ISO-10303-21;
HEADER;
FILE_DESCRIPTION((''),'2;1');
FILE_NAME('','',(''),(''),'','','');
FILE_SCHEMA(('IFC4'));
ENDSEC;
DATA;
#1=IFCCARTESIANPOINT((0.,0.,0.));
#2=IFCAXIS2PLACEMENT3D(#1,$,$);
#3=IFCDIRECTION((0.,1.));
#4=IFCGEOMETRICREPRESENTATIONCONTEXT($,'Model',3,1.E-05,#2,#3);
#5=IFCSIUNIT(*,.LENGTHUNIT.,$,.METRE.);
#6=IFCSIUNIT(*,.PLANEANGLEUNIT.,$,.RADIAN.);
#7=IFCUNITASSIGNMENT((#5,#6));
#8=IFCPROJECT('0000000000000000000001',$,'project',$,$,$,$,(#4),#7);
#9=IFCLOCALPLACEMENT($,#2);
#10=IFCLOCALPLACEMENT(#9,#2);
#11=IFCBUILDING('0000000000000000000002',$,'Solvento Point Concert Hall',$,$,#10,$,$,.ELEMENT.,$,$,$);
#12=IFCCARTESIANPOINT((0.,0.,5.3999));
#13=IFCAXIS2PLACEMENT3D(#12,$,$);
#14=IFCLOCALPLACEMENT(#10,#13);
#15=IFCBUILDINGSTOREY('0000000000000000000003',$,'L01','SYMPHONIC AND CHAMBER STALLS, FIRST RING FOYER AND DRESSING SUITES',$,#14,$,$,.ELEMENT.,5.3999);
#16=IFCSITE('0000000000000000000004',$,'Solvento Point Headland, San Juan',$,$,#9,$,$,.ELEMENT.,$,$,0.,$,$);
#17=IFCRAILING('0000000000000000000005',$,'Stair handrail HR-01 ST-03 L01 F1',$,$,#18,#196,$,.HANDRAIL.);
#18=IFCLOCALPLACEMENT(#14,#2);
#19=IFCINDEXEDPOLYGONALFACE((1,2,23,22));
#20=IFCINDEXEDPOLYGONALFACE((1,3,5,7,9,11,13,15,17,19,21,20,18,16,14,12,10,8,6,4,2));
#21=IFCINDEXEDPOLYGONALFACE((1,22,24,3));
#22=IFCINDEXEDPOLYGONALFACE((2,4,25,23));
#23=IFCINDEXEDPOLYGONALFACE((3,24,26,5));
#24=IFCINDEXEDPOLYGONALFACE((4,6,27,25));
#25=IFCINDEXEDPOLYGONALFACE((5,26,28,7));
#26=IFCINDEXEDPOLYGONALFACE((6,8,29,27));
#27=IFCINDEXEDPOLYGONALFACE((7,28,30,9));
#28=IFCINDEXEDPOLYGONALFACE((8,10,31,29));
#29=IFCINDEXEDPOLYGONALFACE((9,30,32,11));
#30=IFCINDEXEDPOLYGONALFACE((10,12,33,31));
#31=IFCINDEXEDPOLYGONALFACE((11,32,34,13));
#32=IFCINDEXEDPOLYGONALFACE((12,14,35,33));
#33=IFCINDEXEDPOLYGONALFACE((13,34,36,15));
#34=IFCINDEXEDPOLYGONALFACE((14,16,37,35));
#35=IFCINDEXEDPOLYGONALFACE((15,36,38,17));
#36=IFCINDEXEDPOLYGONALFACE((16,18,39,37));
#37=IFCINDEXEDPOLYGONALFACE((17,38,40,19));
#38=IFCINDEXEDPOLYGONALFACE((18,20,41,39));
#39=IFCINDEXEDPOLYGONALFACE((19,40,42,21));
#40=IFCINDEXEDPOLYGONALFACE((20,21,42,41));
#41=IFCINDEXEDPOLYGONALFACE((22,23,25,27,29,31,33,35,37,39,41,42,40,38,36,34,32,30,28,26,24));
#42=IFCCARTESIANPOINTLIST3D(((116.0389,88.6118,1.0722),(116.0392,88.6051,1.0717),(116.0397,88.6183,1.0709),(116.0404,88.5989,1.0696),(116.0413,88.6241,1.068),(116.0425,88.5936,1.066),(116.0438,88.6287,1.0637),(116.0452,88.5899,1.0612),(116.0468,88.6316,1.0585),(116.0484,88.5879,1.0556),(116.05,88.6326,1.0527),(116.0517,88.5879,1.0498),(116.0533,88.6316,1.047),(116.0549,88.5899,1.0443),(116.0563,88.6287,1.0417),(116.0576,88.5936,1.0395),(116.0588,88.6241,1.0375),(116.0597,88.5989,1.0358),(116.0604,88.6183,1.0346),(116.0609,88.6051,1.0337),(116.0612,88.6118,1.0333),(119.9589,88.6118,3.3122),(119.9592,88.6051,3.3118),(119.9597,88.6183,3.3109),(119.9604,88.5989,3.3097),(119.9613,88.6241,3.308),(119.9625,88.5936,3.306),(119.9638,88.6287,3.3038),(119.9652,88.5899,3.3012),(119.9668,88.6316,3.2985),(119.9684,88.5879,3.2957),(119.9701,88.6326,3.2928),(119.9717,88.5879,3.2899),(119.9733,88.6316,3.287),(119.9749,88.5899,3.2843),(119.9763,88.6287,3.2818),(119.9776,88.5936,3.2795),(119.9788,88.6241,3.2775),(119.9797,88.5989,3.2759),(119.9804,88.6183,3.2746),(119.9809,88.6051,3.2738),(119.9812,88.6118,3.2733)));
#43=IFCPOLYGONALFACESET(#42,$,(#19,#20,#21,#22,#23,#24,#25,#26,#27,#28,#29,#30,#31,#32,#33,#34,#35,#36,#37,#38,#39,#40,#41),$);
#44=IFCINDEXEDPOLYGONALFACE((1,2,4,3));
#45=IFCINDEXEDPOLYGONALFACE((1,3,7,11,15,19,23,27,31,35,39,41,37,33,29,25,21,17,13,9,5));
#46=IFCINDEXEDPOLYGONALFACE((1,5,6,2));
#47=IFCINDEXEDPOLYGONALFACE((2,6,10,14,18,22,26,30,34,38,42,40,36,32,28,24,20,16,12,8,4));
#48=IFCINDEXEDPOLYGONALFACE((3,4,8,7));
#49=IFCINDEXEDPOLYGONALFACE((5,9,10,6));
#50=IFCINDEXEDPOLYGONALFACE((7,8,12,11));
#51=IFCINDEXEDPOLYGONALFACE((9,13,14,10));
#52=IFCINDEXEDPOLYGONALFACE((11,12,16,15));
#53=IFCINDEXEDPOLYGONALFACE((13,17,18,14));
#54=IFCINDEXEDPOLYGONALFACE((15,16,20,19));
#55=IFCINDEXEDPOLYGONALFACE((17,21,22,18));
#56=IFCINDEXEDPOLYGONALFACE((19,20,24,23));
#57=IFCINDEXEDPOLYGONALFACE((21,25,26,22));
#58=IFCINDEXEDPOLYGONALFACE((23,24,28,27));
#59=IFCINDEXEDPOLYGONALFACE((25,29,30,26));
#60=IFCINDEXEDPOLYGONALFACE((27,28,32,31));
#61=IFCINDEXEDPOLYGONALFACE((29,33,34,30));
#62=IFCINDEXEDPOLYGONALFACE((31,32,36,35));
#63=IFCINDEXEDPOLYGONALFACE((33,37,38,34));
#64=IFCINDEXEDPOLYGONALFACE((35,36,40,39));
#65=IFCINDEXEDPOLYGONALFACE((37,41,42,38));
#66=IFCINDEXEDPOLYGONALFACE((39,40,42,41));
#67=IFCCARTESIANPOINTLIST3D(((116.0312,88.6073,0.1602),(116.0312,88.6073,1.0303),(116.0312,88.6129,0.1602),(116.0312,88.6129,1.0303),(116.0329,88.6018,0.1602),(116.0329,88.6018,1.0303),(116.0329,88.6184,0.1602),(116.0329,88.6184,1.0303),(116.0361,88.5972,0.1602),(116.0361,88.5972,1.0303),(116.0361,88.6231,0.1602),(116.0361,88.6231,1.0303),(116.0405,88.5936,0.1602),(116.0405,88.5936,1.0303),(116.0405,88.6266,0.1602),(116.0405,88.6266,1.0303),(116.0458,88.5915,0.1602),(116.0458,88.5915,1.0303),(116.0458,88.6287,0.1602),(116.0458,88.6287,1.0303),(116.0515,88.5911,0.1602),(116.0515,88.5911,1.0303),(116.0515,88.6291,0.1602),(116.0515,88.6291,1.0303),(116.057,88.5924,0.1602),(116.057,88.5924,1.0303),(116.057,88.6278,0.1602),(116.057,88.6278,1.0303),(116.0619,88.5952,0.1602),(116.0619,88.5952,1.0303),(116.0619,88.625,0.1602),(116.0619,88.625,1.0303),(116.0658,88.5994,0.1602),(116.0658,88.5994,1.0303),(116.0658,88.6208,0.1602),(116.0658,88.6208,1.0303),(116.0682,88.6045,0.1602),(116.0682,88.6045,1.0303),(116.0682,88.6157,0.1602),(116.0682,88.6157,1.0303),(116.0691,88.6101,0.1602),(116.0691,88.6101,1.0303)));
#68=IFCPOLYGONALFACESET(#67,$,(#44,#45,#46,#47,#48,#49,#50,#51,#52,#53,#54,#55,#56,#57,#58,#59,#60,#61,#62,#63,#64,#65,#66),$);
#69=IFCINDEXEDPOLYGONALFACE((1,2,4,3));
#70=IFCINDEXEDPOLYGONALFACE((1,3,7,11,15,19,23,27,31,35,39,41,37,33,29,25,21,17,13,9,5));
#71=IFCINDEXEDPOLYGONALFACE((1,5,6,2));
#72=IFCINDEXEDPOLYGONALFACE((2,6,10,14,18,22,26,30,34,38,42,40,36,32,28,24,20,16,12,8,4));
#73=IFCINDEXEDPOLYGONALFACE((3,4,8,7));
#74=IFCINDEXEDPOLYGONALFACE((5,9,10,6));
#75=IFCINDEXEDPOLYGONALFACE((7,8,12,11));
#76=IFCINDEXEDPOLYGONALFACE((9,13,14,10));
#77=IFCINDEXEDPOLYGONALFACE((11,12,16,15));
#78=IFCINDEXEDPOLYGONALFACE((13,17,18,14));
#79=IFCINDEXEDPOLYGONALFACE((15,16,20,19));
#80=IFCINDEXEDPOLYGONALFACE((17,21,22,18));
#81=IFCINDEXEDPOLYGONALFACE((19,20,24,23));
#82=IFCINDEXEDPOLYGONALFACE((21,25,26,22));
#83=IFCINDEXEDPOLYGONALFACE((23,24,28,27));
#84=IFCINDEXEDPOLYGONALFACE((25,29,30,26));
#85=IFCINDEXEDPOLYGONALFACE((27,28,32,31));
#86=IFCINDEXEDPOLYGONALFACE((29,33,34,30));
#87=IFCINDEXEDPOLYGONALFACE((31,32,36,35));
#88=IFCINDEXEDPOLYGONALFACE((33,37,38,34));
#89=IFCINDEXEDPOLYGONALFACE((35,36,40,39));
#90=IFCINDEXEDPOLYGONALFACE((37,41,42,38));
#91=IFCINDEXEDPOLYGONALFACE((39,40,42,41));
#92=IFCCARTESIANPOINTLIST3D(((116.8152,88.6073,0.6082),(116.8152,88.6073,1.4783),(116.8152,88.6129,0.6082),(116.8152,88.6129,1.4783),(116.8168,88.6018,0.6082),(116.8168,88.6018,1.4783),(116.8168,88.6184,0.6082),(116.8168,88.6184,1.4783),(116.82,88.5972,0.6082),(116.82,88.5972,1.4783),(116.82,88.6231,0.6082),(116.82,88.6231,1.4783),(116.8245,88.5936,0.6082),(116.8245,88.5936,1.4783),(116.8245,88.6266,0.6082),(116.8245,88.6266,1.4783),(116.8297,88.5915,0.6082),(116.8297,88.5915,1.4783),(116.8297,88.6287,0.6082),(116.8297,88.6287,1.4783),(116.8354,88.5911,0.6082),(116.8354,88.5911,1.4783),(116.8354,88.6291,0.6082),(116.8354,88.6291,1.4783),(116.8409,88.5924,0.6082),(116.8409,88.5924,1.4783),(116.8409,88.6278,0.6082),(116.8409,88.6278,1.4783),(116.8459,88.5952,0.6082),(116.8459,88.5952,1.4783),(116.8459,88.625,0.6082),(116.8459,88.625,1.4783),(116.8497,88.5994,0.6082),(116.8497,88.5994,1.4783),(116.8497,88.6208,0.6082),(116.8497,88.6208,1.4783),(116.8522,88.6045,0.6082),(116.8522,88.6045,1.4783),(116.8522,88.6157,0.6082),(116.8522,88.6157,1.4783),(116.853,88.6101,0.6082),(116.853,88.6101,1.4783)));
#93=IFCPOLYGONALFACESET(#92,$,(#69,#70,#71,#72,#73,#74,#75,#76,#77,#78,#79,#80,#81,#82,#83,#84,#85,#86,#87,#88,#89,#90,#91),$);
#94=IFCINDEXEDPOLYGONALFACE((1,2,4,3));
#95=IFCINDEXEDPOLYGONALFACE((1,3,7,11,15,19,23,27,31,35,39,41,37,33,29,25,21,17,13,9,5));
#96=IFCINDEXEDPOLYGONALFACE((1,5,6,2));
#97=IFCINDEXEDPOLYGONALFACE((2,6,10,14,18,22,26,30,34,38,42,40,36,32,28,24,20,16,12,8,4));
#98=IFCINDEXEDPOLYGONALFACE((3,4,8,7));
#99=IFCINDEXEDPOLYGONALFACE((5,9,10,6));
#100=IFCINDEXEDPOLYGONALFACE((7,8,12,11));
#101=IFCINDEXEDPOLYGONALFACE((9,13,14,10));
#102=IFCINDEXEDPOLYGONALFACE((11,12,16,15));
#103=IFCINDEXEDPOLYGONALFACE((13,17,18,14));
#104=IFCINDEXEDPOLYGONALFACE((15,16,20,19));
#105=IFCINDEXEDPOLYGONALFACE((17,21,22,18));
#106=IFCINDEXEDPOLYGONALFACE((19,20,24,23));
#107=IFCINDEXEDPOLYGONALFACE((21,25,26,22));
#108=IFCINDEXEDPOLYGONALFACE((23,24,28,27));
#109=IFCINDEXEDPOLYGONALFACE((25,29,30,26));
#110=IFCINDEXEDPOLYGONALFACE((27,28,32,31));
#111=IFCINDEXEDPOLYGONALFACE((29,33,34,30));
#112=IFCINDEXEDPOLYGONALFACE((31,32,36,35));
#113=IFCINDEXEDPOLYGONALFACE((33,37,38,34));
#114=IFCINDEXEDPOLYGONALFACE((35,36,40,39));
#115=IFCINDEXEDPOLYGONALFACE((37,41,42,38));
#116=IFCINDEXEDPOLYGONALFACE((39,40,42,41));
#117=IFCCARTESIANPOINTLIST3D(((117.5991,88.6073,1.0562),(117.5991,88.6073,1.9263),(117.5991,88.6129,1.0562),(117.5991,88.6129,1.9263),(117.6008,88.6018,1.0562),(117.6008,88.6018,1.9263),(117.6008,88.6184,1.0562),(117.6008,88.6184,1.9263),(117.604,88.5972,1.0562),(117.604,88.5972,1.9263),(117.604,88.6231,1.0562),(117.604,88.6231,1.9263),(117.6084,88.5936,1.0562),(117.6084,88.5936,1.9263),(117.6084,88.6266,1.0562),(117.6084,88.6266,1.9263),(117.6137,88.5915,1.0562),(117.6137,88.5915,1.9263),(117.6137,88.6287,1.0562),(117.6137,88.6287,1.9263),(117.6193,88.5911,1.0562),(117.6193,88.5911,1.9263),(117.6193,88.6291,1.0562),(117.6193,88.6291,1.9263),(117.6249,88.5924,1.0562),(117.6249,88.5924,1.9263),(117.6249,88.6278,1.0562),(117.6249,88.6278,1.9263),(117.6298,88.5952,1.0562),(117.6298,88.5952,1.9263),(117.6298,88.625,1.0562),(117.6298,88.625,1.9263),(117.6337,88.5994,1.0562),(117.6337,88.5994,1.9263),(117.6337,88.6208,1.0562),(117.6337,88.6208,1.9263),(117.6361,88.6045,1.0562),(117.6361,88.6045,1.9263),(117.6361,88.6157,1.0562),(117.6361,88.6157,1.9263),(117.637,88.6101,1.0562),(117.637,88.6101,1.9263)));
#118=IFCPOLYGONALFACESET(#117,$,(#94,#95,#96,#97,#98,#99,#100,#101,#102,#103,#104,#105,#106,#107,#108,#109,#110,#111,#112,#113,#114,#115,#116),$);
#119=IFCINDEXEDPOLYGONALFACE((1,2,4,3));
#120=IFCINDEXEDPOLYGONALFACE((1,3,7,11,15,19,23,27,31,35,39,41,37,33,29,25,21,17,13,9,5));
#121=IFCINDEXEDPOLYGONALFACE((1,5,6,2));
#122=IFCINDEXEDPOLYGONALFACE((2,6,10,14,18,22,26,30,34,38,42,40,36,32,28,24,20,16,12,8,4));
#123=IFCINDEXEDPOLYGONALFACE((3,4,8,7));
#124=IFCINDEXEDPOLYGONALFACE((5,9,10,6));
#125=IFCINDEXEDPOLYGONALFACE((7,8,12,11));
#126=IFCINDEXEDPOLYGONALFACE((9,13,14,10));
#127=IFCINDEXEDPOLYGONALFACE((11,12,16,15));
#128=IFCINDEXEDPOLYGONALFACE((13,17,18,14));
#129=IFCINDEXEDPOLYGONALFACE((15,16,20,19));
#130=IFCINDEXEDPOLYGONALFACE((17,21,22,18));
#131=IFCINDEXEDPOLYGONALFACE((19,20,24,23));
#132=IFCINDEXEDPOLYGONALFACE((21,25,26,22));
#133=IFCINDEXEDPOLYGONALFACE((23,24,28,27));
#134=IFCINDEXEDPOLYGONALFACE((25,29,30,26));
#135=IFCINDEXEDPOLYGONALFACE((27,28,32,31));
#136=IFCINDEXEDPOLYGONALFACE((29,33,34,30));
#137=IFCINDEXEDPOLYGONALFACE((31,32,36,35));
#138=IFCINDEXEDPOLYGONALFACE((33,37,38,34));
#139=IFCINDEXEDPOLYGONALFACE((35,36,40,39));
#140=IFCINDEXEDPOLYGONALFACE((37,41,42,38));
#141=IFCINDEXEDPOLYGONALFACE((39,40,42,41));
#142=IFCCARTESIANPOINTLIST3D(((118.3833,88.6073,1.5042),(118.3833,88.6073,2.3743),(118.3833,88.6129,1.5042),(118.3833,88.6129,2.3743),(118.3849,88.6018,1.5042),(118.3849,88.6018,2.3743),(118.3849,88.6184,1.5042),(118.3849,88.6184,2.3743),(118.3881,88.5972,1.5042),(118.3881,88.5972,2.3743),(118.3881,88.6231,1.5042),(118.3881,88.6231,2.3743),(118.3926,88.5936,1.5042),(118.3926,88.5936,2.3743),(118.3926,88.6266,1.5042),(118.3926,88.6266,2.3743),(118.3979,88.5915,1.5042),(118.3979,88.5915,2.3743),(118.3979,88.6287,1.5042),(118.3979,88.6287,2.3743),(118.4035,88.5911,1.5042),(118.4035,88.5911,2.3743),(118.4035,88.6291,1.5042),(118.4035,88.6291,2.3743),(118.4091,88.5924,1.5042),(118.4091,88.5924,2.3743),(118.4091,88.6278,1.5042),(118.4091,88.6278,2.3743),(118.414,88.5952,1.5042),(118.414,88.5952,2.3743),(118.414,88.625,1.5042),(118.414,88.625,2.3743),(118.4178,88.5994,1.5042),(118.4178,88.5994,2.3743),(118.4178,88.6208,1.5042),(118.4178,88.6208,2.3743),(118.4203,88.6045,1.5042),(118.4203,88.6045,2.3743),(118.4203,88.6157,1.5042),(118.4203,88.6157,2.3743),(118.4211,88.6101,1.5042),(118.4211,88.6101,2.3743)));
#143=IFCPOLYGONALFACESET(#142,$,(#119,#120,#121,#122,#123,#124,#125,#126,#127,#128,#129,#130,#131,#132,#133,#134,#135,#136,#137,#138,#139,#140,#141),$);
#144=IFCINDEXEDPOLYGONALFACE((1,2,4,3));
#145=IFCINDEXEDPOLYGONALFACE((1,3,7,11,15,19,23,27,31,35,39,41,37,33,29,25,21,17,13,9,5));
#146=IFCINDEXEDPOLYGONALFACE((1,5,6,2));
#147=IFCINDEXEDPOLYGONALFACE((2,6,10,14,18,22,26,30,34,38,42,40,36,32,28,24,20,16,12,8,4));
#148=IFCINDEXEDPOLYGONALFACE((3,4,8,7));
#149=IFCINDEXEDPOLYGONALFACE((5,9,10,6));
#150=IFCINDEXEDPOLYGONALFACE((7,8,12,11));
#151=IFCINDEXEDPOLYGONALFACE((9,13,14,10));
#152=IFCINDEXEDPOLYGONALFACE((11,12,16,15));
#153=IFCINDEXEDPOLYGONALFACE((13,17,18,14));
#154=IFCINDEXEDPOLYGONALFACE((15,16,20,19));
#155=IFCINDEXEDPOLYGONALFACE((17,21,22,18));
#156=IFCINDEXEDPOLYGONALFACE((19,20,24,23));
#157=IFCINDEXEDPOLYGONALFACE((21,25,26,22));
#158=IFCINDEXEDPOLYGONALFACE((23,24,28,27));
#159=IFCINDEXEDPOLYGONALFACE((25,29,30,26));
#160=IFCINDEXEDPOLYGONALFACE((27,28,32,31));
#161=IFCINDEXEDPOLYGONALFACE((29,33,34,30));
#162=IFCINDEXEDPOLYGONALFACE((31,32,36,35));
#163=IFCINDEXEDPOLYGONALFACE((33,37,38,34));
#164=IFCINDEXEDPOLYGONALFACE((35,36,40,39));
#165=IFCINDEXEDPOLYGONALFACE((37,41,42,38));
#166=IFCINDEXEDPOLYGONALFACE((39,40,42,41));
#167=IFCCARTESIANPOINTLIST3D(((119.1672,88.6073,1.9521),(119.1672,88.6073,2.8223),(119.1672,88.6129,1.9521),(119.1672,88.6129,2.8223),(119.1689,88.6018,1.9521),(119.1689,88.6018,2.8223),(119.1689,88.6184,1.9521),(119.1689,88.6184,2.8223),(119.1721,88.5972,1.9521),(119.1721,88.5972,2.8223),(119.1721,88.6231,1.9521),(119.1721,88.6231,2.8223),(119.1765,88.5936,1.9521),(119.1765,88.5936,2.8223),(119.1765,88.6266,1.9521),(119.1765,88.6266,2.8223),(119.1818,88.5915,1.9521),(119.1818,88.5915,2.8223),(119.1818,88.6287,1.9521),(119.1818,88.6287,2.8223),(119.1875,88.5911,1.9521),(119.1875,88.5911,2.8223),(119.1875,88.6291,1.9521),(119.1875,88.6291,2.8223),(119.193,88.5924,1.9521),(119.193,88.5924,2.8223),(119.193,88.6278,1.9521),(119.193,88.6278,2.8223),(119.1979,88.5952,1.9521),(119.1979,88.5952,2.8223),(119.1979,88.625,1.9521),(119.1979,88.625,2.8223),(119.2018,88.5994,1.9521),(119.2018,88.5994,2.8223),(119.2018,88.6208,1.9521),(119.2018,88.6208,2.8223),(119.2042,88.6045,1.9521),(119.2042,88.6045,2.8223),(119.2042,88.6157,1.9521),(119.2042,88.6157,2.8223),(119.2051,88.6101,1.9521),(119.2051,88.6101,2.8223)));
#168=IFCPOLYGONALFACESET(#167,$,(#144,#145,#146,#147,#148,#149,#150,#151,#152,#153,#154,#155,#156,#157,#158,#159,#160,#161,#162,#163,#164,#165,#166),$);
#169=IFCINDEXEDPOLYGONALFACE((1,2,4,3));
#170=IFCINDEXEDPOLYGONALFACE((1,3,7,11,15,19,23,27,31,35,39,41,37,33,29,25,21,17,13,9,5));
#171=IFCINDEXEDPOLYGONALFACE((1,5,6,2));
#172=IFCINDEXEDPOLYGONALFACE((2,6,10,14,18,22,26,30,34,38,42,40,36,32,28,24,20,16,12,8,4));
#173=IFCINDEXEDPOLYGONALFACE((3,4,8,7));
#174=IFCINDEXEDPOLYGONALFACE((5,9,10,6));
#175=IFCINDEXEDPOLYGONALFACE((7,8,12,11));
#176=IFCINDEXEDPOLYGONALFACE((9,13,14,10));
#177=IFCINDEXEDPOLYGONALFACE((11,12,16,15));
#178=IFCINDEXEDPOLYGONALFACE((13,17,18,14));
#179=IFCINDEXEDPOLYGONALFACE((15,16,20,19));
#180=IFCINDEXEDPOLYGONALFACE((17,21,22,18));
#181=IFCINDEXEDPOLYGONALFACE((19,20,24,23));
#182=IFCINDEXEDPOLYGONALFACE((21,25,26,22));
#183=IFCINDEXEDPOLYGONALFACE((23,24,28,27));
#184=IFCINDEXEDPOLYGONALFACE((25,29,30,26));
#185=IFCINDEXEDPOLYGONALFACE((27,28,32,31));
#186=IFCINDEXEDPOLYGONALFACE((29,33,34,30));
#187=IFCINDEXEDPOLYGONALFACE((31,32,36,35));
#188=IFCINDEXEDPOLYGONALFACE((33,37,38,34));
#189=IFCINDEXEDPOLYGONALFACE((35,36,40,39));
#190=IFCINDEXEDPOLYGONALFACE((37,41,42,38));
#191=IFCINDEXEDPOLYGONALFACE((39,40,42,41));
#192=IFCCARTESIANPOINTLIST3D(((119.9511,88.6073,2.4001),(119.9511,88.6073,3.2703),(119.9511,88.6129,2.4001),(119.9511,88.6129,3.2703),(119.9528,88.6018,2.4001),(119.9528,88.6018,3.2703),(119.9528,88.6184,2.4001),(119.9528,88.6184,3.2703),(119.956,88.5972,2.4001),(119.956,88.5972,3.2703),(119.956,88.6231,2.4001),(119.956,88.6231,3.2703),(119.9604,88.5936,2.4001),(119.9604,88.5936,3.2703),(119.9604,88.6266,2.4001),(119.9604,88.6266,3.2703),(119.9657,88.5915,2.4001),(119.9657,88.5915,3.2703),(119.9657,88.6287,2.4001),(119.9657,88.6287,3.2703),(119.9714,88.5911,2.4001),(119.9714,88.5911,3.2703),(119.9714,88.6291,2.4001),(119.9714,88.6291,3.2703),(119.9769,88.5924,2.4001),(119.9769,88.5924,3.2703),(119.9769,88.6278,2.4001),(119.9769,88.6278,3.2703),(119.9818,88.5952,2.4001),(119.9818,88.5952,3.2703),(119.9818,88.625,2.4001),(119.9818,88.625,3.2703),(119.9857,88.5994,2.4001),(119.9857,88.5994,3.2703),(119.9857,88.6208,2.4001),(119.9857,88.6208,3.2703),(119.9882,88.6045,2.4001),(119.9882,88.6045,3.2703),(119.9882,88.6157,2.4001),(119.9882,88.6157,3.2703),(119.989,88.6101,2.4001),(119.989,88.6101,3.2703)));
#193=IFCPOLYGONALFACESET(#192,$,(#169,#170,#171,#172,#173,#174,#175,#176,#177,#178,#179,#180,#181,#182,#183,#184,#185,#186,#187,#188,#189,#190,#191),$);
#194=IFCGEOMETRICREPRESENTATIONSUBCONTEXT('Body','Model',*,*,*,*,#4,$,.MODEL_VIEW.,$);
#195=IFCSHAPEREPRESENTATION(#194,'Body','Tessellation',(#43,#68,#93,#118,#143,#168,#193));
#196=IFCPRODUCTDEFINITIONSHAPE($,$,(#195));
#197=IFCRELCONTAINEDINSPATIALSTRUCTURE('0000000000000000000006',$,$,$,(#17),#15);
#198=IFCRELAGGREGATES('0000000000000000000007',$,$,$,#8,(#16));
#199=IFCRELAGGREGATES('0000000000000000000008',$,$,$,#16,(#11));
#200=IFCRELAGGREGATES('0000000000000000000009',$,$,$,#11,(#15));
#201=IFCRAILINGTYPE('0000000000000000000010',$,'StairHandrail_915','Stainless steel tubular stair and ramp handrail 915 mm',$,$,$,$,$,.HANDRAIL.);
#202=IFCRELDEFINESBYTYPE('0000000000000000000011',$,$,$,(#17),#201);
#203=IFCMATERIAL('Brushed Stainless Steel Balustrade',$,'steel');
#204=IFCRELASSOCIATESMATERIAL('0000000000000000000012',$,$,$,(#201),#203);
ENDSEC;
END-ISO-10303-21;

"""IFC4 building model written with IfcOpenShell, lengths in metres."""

from ifc_helpers import new_model, si_unit, direction, frame, origin, origin_2d, place, context, subcontext, project, spatial, circle, extrude, material, type_object, element, save


model = new_model("IFC4")

# Units and contexts
model_context = context("Model", 3, precision=1e-05, world=origin(), true_north=direction((0.0, 1.0)))
body_context = subcontext(model_context, "Body", "Model", "MODEL_VIEW")
ifc_project = project(units=[si_unit("LENGTHUNIT", "METRE"), si_unit("PLANEANGLEUNIT", "RADIAN")], contexts=[model_context])

# Site, building, storey
site_placement = place(None, origin())
site = spatial("IfcSite", under=ifc_project, at=site_placement, Name="Solvento Point Headland, San Juan", CompositionType="ELEMENT", RefElevation=0.0)
building_placement = place(site_placement, origin())
building = spatial("IfcBuilding", under=site, at=building_placement, Name="Solvento Point Concert Hall", CompositionType="ELEMENT")
storey_placement = place(building_placement, frame((0.0, 0.0, 5.3999)))
storey = spatial("IfcBuildingStorey", under=building, at=storey_placement, Name="L01", Description="SYMPHONIC AND CHAMBER STALLS, FIRST RING FOYER AND DRESSING SUITES", CompositionType="ELEMENT", Elevation=5.3999)

# Railing
ifc_material_1 = material(Name="Brushed Stainless Steel Balustrade", Category="steel")
railing_type_1 = type_object("IfcRailingType", Name="StairHandrail_915", Description="Stainless steel tubular stair and ramp handrail 915 mm", PredefinedType="HANDRAIL", material=ifc_material_1)
railing_1_placement = place(storey_placement, frame((116.05, 88.6101, 0.1602)))
element("IfcRailing", 1, at=railing_1_placement, inside=storey, type_object=railing_type_1, Name="Stair handrail HR-01 ST-03 L01 F1", PredefinedType="HANDRAIL", context=body_context, shape_type="SweptSolid", body=[
    extrude(circle(Radius=0.0225, at=origin_2d()), frame((0.0, 0.0, 0.8926), z_axis=(0.86824, 0.0, 0.496145), x_axis=(0.0, 1.0, 0.0)), (0.0, 0.0, 1.0), 4.5149),
    extrude(circle(Radius=0.019, at=origin_2d()), origin(), (0.0, 0.0, 1.0), 0.8701),
    extrude(circle(Radius=0.019, at=origin_2d()), frame((0.7839, 0.0, 0.448)), (0.0, 0.0, 1.0), 0.8701),
    extrude(circle(Radius=0.019, at=origin_2d()), frame((1.5679, 0.0, 0.896)), (0.0, 0.0, 1.0), 0.8701),
    extrude(circle(Radius=0.019, at=origin_2d()), frame((2.3521, 0.0, 1.344)), (0.0, 0.0, 1.0), 0.8701),
    extrude(circle(Radius=0.019, at=origin_2d()), frame((3.136, 0.0, 1.792)), (0.0, 0.0, 1.0), 0.8701),
    extrude(circle(Radius=0.019, at=origin_2d()), frame((3.9199, 0.0, 2.24)), (0.0, 0.0, 1.0), 0.8701),
])

save(model, "model.ifc")
